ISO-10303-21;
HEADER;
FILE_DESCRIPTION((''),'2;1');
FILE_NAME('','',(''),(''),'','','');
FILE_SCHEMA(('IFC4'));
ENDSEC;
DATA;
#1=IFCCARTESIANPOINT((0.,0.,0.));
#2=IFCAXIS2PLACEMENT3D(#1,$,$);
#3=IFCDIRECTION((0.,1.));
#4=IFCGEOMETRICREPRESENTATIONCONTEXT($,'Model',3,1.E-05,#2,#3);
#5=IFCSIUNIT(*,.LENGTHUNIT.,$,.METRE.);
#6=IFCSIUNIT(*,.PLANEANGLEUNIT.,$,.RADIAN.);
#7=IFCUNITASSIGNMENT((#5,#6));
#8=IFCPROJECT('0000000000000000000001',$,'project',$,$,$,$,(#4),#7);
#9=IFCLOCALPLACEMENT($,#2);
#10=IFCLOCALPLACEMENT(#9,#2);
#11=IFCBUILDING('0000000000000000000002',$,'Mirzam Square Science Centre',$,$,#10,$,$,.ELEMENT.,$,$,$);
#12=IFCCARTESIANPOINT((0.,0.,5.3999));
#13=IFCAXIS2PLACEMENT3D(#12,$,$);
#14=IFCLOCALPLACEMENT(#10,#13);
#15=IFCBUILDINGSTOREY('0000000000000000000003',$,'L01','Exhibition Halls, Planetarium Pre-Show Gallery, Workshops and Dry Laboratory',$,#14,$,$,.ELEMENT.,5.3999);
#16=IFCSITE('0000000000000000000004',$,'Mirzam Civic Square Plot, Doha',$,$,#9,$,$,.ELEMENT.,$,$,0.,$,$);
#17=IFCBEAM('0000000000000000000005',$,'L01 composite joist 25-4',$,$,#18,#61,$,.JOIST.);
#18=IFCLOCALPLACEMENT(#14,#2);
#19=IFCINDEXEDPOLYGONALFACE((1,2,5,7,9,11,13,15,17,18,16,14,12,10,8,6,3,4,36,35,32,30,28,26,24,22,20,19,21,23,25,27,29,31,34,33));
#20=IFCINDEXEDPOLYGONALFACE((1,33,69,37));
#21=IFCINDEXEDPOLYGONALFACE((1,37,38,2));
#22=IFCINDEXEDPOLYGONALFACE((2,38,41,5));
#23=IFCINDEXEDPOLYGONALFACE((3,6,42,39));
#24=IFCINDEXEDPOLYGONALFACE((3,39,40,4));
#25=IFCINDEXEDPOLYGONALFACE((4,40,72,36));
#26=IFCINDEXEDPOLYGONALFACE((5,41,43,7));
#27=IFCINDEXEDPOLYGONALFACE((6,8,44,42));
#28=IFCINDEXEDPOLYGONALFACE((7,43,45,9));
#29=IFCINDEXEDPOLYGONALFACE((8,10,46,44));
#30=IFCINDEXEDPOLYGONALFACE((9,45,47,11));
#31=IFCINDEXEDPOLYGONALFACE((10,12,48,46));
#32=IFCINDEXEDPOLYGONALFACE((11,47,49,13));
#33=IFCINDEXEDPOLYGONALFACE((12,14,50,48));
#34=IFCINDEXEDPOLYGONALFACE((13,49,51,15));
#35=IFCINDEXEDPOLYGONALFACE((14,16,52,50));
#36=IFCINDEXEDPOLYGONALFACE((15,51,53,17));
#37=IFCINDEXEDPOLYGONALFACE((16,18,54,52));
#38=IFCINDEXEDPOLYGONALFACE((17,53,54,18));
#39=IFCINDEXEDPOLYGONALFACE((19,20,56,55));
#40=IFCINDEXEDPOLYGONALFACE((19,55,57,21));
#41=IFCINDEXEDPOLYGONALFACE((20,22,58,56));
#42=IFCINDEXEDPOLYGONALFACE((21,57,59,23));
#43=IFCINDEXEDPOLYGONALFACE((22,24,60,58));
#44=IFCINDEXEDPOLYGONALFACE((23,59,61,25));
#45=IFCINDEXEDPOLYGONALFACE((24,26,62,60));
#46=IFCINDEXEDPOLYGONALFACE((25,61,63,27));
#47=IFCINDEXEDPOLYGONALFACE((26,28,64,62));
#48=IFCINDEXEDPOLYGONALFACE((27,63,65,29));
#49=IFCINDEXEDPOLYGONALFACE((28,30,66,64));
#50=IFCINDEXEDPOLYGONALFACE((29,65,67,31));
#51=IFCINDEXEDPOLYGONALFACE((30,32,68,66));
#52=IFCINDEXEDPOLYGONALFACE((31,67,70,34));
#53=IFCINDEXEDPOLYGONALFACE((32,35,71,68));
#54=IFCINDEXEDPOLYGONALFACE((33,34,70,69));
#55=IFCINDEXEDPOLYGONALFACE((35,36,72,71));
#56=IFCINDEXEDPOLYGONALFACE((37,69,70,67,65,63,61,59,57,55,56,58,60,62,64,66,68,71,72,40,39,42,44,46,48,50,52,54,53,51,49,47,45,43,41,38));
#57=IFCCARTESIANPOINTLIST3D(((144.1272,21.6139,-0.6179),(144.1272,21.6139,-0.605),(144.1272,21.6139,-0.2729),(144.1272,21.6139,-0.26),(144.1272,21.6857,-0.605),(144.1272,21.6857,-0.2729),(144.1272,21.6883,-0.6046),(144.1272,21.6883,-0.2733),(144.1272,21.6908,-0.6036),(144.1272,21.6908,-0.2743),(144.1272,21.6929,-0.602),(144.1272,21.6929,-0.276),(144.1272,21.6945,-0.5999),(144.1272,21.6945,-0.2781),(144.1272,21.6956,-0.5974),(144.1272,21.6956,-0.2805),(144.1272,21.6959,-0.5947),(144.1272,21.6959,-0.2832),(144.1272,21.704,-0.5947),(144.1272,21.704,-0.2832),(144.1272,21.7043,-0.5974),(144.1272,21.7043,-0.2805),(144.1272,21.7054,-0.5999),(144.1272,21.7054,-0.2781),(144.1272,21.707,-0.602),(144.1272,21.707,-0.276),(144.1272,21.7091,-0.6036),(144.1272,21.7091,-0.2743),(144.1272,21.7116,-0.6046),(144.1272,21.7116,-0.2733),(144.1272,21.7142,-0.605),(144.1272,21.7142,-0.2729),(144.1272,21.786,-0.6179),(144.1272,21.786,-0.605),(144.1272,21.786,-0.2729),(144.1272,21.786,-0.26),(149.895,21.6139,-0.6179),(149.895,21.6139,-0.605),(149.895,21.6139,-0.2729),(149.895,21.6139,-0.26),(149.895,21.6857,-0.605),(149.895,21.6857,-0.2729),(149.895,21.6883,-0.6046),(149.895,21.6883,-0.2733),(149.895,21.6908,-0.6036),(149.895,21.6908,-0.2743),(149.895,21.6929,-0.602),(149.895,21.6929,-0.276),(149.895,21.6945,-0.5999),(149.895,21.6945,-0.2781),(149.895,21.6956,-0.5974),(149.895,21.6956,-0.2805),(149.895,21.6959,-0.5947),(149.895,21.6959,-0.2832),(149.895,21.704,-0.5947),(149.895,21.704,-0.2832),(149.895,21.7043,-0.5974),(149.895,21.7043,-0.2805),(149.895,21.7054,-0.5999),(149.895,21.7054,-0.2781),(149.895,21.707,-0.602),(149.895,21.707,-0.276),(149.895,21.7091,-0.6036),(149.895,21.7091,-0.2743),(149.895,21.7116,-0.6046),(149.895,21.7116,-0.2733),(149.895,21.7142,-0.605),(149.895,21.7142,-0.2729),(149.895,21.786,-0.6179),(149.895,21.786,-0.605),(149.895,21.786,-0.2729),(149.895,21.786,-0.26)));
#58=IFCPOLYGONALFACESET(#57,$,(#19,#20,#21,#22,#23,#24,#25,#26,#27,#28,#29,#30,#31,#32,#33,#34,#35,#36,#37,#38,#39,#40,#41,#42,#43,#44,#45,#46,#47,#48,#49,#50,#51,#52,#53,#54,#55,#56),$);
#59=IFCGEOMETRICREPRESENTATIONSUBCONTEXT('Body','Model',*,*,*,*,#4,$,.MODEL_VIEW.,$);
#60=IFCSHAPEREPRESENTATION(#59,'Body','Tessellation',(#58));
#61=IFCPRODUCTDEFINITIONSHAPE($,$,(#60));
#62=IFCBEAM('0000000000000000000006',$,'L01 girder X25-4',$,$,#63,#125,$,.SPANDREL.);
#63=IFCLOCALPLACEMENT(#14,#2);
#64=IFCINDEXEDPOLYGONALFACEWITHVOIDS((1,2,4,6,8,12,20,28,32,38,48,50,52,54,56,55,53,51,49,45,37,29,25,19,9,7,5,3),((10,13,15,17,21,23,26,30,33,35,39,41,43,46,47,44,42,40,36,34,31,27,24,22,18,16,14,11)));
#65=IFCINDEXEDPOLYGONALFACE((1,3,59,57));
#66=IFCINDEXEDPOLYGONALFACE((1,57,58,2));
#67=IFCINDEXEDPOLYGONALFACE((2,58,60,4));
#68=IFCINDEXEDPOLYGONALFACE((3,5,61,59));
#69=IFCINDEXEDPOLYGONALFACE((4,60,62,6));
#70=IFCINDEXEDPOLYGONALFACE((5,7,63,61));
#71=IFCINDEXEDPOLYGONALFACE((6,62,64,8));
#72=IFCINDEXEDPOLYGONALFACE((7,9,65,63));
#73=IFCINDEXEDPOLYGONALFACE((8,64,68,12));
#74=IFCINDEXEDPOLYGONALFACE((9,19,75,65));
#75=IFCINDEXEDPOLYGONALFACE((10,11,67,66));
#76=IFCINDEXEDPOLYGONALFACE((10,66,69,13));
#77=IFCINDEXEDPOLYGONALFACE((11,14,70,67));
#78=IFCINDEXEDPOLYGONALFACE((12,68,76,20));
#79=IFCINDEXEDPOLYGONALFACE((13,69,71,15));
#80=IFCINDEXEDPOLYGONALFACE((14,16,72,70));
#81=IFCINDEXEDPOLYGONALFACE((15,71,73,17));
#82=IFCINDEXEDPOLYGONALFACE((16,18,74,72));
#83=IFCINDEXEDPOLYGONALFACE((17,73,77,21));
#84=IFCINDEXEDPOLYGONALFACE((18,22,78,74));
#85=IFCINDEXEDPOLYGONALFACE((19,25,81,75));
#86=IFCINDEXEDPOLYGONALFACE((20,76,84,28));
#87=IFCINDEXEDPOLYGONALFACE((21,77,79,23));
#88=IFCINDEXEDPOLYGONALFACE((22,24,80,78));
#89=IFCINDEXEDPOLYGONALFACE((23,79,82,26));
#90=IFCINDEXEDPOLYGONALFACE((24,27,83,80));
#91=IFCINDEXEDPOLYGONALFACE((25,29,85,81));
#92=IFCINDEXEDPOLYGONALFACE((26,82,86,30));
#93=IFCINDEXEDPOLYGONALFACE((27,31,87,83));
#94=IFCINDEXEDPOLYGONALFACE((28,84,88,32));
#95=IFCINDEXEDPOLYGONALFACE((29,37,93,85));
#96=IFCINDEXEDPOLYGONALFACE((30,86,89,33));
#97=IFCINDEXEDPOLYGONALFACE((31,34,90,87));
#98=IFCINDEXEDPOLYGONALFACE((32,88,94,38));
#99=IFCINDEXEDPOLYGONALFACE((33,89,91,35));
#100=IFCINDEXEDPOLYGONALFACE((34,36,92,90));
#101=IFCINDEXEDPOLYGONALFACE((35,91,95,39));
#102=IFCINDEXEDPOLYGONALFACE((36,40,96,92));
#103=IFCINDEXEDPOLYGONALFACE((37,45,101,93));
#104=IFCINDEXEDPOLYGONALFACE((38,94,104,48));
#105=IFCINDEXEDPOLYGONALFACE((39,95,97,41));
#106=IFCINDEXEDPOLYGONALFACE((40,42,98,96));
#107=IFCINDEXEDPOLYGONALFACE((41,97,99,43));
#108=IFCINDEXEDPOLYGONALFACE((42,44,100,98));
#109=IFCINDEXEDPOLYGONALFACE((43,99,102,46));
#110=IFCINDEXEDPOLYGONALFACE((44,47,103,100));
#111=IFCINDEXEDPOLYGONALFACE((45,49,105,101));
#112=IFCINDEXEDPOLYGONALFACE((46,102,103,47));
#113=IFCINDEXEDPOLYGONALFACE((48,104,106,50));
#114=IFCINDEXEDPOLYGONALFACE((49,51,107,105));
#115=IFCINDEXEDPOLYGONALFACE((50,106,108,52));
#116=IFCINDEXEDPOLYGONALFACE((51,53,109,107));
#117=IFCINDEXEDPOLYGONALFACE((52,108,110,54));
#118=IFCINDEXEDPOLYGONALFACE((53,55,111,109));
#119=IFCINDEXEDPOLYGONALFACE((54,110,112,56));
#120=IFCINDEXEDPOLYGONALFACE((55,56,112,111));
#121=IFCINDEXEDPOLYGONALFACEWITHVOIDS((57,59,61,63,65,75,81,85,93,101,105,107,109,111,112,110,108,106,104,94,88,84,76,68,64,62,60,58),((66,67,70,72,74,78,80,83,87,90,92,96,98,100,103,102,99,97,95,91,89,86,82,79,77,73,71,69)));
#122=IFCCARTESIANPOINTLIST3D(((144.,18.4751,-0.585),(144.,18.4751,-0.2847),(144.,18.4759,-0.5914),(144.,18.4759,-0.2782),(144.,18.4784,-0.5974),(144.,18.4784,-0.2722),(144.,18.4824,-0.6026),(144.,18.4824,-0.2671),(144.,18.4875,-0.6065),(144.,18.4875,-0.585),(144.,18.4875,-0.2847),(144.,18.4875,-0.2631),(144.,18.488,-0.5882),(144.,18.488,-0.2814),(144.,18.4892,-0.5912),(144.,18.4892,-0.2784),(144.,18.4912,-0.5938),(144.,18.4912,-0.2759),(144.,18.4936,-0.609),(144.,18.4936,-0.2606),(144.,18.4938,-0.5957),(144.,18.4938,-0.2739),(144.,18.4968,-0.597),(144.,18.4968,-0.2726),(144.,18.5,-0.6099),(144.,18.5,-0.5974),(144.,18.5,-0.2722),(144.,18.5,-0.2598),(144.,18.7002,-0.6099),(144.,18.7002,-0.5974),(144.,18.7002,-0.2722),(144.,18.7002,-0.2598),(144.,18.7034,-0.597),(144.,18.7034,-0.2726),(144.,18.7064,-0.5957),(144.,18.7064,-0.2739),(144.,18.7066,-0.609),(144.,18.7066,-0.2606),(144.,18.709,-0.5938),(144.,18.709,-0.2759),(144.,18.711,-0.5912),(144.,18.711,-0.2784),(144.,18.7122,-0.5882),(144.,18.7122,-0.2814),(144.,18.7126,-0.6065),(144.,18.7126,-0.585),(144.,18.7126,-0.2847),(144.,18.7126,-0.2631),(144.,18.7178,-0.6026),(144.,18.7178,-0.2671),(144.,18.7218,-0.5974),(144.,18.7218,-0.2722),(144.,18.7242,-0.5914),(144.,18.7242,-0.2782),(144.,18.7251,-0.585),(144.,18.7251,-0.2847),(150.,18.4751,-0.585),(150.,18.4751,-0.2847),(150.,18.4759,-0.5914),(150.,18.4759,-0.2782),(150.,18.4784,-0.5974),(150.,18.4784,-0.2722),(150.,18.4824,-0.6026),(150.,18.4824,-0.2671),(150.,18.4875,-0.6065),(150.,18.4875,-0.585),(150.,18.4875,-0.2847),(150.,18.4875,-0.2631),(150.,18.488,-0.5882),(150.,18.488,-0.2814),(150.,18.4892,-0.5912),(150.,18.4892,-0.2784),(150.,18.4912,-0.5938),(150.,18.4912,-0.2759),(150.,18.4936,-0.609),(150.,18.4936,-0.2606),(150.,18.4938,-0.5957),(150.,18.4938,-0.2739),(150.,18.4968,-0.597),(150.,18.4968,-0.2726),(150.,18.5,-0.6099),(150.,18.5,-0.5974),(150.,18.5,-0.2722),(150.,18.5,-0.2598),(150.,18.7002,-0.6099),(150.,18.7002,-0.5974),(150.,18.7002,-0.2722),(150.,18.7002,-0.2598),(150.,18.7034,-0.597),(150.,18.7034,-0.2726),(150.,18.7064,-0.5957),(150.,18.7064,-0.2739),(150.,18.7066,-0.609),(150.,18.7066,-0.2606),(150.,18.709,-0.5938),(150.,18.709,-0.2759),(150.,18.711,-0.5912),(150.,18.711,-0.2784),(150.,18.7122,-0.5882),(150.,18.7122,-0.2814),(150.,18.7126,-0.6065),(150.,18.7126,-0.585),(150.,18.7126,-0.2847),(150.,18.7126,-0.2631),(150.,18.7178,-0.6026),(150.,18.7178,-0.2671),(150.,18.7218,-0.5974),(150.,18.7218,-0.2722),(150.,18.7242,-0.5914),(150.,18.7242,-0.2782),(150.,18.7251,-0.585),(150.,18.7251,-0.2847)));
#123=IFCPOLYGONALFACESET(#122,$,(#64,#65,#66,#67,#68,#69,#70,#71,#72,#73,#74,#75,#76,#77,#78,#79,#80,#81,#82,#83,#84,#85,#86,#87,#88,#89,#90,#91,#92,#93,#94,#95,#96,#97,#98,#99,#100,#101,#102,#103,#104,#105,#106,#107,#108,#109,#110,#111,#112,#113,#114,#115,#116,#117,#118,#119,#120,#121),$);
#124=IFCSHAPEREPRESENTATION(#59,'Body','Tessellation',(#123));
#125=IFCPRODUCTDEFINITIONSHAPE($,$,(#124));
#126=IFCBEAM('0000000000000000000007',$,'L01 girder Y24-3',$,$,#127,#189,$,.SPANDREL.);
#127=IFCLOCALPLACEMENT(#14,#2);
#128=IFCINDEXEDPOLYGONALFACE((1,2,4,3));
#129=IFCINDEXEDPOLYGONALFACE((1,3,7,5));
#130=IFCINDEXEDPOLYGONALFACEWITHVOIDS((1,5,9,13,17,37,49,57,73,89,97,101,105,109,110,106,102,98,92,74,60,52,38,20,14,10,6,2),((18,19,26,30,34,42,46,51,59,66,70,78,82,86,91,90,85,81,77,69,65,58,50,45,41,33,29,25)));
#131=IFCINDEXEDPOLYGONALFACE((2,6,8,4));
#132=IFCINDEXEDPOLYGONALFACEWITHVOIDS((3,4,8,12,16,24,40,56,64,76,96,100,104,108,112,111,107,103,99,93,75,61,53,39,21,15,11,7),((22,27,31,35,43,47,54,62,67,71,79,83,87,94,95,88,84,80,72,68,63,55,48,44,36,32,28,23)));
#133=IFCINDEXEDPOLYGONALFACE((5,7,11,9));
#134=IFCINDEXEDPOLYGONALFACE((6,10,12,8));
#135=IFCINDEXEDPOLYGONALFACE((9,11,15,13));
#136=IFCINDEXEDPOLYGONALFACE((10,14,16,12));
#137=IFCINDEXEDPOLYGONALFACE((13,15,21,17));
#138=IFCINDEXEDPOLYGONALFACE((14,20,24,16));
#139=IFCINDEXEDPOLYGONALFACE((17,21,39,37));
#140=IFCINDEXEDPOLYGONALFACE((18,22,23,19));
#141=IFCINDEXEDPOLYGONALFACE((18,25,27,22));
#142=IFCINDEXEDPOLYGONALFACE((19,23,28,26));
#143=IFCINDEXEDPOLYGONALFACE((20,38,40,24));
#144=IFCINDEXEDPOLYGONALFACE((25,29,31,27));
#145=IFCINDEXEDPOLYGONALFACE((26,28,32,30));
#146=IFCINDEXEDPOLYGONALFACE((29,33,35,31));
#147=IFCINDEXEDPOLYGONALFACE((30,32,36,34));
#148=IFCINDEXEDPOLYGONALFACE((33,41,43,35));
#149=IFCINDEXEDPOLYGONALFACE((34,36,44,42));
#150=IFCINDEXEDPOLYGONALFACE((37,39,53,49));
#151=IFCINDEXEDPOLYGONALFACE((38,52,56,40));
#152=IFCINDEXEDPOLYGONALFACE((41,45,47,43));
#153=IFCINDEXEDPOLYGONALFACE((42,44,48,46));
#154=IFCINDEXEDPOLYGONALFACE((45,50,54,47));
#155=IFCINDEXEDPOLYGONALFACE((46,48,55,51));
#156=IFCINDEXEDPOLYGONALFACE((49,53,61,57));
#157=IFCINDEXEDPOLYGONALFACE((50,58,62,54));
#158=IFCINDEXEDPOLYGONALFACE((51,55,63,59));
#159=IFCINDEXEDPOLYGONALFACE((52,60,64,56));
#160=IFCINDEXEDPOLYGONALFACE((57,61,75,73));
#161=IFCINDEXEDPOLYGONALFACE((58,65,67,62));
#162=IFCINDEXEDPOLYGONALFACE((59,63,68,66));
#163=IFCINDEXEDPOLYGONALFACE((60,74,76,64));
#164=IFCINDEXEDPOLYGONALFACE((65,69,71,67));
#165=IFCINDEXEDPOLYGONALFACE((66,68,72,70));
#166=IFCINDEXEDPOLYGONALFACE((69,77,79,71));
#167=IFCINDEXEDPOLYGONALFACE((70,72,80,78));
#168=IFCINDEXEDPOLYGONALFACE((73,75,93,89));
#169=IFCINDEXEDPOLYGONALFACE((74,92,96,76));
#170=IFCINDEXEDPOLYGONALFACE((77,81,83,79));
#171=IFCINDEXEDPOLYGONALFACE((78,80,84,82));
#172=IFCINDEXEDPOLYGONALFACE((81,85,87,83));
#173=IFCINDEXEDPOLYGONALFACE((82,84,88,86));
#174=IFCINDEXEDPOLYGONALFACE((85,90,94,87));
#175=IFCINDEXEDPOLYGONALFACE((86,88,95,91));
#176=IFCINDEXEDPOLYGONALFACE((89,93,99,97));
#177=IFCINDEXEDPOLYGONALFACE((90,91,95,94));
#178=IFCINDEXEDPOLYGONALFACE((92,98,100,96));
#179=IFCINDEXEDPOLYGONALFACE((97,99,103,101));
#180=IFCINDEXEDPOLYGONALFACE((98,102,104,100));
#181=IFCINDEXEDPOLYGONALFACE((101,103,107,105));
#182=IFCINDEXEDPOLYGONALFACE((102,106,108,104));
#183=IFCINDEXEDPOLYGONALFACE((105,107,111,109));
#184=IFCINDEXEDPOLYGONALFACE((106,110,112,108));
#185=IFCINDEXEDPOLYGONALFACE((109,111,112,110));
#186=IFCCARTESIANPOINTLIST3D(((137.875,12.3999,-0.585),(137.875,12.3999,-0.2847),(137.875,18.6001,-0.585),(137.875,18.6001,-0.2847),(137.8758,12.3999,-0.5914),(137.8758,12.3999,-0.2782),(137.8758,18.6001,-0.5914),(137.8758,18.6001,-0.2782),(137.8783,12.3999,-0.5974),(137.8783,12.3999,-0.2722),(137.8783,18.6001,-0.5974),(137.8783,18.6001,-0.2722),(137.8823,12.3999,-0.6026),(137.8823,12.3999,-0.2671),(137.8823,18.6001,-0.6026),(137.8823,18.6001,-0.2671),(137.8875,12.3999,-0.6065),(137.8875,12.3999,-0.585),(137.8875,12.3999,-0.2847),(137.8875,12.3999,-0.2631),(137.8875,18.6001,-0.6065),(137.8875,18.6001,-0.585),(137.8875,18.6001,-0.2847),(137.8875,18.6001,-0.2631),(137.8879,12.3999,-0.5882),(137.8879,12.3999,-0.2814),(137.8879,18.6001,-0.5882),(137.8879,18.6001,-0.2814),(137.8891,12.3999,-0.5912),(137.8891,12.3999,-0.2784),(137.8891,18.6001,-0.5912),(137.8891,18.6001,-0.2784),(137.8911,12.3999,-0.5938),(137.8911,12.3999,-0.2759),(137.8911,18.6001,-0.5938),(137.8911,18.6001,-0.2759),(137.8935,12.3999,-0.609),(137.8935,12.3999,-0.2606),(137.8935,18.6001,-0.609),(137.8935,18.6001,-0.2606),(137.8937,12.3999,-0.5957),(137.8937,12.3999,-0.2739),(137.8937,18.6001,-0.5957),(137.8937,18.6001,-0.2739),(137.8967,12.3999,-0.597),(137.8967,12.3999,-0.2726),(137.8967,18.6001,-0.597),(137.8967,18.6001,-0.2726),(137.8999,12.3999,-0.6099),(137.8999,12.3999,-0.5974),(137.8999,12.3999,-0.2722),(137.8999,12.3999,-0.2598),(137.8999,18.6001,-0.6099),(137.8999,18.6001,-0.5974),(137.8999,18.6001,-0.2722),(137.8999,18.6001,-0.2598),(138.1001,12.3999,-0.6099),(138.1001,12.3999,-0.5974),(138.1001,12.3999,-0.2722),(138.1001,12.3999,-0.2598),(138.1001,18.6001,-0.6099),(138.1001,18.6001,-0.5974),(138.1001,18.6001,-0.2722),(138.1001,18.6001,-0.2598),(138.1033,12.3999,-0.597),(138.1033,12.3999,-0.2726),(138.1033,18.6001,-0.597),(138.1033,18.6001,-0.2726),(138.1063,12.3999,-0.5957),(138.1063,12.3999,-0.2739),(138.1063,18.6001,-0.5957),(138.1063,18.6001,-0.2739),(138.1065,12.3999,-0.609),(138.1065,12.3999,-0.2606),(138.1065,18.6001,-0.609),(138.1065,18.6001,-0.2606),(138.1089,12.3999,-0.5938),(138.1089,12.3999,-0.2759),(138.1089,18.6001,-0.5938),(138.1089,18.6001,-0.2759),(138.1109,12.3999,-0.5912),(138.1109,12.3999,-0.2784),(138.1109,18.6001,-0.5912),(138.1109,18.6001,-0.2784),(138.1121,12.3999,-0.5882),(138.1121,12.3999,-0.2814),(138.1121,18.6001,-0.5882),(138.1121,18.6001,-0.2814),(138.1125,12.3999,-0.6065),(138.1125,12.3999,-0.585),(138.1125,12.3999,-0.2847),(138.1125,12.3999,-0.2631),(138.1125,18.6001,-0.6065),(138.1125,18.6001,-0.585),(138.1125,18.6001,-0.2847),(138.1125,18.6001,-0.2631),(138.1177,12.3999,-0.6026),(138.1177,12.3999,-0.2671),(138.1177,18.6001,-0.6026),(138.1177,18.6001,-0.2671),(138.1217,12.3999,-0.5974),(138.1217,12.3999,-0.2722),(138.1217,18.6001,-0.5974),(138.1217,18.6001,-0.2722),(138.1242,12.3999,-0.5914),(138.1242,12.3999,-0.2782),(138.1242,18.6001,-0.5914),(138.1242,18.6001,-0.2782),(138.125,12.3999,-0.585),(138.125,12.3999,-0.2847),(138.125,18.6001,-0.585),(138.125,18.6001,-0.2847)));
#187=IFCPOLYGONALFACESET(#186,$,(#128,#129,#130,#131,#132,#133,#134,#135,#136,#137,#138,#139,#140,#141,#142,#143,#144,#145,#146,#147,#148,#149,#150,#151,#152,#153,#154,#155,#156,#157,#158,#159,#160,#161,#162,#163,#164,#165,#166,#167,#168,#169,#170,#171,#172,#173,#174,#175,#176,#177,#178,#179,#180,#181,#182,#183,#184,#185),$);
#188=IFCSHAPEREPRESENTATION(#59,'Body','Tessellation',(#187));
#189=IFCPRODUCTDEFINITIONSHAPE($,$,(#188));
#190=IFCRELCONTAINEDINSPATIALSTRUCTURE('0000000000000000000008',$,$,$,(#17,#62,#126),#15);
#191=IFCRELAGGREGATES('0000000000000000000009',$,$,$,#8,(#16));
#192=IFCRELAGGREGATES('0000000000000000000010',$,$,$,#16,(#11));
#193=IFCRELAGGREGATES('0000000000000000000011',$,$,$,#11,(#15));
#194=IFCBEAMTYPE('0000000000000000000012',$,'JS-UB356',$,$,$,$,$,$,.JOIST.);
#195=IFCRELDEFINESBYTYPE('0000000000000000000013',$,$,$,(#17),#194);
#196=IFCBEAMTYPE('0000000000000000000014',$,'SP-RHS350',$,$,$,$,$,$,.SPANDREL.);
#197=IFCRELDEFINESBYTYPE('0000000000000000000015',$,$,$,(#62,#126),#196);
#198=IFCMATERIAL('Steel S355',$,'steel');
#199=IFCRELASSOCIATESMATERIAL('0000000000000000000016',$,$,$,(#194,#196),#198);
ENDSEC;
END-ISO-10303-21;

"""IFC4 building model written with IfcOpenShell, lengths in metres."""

from ifc_helpers import new_model, si_unit, direction, frame, origin, origin_2d, place, context, subcontext, project, spatial, hollow_rectangle, i_section, extrude, material, material_profile, profile_set, type_object, element, save


model = new_model("IFC4")

# Units and contexts
model_context = context("Model", 3, precision=1e-05, world=origin(), true_north=direction((0.0, 1.0)))
body_context = subcontext(model_context, "Body", "Model", "MODEL_VIEW")
ifc_project = project(units=[si_unit("LENGTHUNIT", "METRE"), si_unit("PLANEANGLEUNIT", "RADIAN")], contexts=[model_context])

# Site, building, storey
site_placement = place(None, origin())
site = spatial("IfcSite", under=ifc_project, at=site_placement, Name="Mirzam Civic Square Plot, Doha", CompositionType="ELEMENT", RefElevation=0.0)
building_placement = place(site_placement, origin())
building = spatial("IfcBuilding", under=site, at=building_placement, Name="Mirzam Square Science Centre", CompositionType="ELEMENT")
storey_placement = place(building_placement, frame((0.0, 0.0, 5.3999)))
storey = spatial("IfcBuildingStorey", under=building, at=storey_placement, Name="L01", Description="Exhibition Halls, Planetarium Pre-Show Gallery, Workshops and Dry Laboratory", CompositionType="ELEMENT", Elevation=5.3999)

# Shared definitions
ifc_material_1 = material(Name="Steel S355", Category="steel")

# Beams
ifc_material_profile_1 = material_profile(ifc_material_1, i_section(OverallWidth=0.1721, OverallDepth=0.3579, WebThickness=0.0081, FlangeThickness=0.0129, FilletRadius=0.0103, at=origin_2d()), Name="356x171x57UB")
ifc_profile_set_1 = profile_set([ifc_material_profile_1], Name="Steel S355")
beam_type_1 = type_object("IfcBeamType", Name="JS-UB356", PredefinedType="JOIST", material=ifc_profile_set_1)
beam_1_placement = place(storey_placement, frame((144.1272, 21.7, -0.439), z_axis=(1.0, 0.0, 0.0), x_axis=(0.0, 1.0, 0.0)))
element("IfcBeam", 1, at=beam_1_placement, inside=storey, type_object=beam_type_1, Name="L01 composite joist 25-4", PredefinedType="JOIST", context=body_context, shape_type="SweptSolid", body=[
    extrude(i_section(OverallWidth=0.1721, OverallDepth=0.3579, WebThickness=0.0081, FlangeThickness=0.0129, FilletRadius=0.0103, at=origin_2d()), origin(), (0.0, 0.0, 1.0), 5.7678),
])
ifc_material_profile_2 = material_profile(ifc_material_1, hollow_rectangle(XDim=0.25, YDim=0.3501, WallThickness=0.0125, InnerFilletRadius=0.0125, OuterFilletRadius=0.0249, at=origin_2d()), Name="350x250x12.5RHS")
ifc_profile_set_2 = profile_set([ifc_material_profile_2], Name="Steel S355")
beam_type_2 = type_object("IfcBeamType", Name="SP-RHS350", PredefinedType="SPANDREL", material=ifc_profile_set_2)
beam_2_placement = place(storey_placement, frame((144.0, 18.6001, -0.4348), z_axis=(1.0, 0.0, 0.0), x_axis=(0.0, 1.0, 0.0)))
element("IfcBeam", 2, at=beam_2_placement, inside=storey, type_object=beam_type_2, Name="L01 girder X25-4", PredefinedType="SPANDREL", context=body_context, shape_type="SweptSolid", body=[
    extrude(hollow_rectangle(XDim=0.25, YDim=0.3501, WallThickness=0.0125, InnerFilletRadius=0.0125, OuterFilletRadius=0.0249, at=origin_2d()), origin(), (0.0, 0.0, 1.0), 6.0),
])
for number, where, z_axis, x_axis, name in (
    (3, (138.0, 12.3999, -0.4348), (0.0, 1.0, 0.0), (-1.0, 0.0, 0.0), "L01 girder Y24-3"),
):
    element("IfcBeam", number, at=place(storey_placement, frame(where, z_axis=z_axis, x_axis=x_axis)), inside=storey, type_object=beam_type_2, Name=name, PredefinedType="SPANDREL", context=body_context, shape_type="SweptSolid", body=[
        extrude(hollow_rectangle(XDim=0.25, YDim=0.3501, WallThickness=0.0125, InnerFilletRadius=0.0125, OuterFilletRadius=0.0249, at=origin_2d()), origin(), (0.0, 0.0, 1.0), 6.2002),
    ])

save(model, "model.ifc")
